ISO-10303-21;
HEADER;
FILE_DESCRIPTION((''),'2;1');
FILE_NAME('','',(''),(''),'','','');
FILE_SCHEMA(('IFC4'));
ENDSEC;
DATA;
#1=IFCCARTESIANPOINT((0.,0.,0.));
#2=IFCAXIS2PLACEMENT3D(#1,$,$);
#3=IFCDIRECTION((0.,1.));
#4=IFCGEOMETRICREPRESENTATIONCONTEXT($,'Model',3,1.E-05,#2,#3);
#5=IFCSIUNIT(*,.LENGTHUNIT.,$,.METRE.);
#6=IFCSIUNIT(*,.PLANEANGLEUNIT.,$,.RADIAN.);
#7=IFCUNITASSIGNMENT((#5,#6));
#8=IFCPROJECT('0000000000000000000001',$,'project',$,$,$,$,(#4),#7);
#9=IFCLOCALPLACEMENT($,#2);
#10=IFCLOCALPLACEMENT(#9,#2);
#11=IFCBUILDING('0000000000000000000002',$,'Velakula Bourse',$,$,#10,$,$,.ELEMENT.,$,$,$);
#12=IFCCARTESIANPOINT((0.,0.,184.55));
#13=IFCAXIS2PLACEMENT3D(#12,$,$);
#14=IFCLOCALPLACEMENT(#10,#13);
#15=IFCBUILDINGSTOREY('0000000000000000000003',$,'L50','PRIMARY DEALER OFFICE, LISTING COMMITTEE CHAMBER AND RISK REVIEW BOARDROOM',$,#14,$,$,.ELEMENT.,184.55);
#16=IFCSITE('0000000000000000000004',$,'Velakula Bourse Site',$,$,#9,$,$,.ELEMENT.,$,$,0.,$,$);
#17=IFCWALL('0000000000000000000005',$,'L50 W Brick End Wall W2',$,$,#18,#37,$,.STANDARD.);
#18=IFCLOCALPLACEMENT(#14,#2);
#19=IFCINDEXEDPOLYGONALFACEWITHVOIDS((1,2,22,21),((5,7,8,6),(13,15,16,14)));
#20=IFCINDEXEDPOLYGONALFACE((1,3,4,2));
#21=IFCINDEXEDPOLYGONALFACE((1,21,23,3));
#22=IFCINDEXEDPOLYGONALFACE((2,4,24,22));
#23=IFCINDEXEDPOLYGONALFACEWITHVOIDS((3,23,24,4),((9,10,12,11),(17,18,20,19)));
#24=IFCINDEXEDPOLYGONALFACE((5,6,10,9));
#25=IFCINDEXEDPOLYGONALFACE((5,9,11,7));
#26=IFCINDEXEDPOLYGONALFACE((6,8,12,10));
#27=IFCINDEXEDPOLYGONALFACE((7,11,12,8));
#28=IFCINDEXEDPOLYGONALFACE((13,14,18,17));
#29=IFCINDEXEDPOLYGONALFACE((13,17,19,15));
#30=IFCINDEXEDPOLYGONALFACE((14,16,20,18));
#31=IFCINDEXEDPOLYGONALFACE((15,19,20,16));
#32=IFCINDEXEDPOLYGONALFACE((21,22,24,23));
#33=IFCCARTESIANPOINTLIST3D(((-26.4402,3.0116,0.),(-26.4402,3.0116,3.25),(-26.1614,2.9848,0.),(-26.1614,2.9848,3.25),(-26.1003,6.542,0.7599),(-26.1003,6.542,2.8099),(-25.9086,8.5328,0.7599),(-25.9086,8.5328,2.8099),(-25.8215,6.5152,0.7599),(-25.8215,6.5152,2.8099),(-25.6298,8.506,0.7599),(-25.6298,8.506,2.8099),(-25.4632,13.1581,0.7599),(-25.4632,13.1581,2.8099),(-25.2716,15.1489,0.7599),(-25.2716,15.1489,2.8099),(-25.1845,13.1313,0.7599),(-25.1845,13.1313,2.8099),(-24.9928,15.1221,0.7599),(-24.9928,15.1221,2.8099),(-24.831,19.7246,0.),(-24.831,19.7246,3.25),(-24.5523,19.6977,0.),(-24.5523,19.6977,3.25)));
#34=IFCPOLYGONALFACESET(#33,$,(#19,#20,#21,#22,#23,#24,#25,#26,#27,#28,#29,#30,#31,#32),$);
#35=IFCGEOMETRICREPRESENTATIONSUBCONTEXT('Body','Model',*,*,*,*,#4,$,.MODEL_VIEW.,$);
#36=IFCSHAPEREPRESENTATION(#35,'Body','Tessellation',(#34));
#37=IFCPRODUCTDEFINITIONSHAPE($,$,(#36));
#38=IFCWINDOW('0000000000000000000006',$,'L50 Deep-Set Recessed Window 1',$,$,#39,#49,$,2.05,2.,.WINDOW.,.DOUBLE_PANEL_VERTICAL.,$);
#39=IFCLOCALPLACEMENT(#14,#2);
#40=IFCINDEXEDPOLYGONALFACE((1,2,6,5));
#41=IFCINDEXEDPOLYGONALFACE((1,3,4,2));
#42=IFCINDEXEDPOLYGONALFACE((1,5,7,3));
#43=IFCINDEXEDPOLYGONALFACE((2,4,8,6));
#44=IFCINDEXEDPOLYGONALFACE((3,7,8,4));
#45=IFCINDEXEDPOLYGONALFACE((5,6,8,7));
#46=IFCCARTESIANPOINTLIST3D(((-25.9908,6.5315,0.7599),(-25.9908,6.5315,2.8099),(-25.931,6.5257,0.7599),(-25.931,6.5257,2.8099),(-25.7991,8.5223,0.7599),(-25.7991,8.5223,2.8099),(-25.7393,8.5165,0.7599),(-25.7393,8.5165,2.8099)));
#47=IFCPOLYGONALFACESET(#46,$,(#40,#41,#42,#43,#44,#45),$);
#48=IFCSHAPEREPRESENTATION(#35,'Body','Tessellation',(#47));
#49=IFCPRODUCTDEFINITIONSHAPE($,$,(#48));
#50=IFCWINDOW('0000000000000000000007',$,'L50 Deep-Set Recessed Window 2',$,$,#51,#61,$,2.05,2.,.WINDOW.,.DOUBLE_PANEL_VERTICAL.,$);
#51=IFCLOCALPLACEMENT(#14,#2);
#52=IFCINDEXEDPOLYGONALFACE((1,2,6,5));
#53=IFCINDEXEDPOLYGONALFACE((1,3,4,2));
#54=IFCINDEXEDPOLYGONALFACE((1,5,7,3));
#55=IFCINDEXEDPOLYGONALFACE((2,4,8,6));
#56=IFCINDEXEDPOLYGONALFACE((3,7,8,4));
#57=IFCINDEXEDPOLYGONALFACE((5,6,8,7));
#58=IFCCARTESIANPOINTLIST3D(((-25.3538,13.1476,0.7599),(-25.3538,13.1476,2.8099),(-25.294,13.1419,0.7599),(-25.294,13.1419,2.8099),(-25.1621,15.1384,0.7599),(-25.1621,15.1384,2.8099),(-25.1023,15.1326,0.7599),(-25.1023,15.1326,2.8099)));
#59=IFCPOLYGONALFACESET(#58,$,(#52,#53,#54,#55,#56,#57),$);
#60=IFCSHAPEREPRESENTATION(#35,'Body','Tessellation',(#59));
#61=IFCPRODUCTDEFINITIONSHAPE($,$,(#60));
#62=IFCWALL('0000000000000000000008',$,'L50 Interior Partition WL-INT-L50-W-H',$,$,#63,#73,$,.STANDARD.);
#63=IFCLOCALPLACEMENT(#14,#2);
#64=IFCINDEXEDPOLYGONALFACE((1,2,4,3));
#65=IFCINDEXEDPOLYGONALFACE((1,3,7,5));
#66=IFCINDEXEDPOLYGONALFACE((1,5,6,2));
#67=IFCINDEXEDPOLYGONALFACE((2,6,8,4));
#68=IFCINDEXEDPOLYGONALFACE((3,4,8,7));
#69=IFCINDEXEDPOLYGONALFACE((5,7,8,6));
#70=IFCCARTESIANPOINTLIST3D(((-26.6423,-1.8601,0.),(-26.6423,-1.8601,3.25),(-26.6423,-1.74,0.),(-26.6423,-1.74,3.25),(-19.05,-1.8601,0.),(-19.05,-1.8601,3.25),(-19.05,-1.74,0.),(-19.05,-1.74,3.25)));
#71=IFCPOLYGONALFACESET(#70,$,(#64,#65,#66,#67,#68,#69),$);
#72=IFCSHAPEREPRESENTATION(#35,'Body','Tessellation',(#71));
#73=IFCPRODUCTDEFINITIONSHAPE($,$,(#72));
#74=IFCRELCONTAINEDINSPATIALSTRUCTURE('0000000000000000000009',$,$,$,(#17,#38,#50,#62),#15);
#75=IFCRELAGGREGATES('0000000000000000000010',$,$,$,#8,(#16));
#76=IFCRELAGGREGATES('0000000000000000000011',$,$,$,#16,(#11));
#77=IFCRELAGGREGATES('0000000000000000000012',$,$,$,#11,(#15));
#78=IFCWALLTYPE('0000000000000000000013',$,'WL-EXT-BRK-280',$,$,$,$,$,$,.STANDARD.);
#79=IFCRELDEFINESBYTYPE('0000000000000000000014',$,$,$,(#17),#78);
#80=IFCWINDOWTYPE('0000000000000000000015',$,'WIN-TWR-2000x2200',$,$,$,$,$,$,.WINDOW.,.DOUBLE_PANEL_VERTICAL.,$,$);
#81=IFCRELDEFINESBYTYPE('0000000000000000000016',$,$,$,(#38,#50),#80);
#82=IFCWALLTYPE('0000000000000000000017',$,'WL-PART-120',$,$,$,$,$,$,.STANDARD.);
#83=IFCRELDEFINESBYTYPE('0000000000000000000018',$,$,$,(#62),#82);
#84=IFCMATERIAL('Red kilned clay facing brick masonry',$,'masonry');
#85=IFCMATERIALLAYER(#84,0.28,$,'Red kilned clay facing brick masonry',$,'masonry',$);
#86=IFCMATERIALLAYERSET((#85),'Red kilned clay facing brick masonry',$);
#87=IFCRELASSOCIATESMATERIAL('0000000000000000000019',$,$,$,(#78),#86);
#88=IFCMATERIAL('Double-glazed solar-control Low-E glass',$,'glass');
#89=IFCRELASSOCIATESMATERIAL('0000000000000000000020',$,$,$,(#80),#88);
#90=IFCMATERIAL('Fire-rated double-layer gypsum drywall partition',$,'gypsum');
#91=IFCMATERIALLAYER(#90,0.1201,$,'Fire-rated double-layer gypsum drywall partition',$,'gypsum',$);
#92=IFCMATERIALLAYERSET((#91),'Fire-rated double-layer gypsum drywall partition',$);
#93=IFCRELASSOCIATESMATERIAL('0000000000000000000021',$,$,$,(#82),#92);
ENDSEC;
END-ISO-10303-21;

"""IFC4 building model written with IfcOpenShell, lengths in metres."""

from ifc_helpers import new_model, si_unit, direction, frame, frame_2d, origin, place, context, subcontext, project, spatial, rectangle, extrude, material, layer, layer_set, type_object, element, fill, save


model = new_model("IFC4")

# Units and contexts
model_context = context("Model", 3, precision=1e-05, world=origin(), true_north=direction((0.0, 1.0)))
body_context = subcontext(model_context, "Body", "Model", "MODEL_VIEW")
ifc_project = project(units=[si_unit("LENGTHUNIT", "METRE"), si_unit("PLANEANGLEUNIT", "RADIAN")], contexts=[model_context])

# Site, building, storey
site_placement = place(None, origin())
site = spatial("IfcSite", under=ifc_project, at=site_placement, Name="Velakula Bourse Site", CompositionType="ELEMENT", RefElevation=0.0)
building_placement = place(site_placement, origin())
building = spatial("IfcBuilding", under=site, at=building_placement, Name="Velakula Bourse", CompositionType="ELEMENT")
storey_placement = place(building_placement, frame((0.0, 0.0, 184.55)))
storey = spatial("IfcBuildingStorey", under=building, at=storey_placement, Name="L50", Description="PRIMARY DEALER OFFICE, LISTING COMMITTEE CHAMBER AND RISK REVIEW BOARDROOM", CompositionType="ELEMENT", Elevation=184.55)

# Wall, openings, windows
ifc_material_1 = material(Name="Red kilned clay facing brick masonry", Category="masonry")
ifc_layer_1 = layer(ifc_material_1, 0.28, Name="Red kilned clay facing brick masonry", Category="masonry")
ifc_layer_set_1 = layer_set([ifc_layer_1], Name="Red kilned clay facing brick masonry")
wall_type_1 = type_object("IfcWallType", Name="WL-EXT-BRK-280", PredefinedType="STANDARD", material=ifc_layer_set_1)
wall_1_placement = place(storey_placement, frame((-26.3008, 2.9983, 0.0), z_axis=(0.0, 0.0, 1.0), x_axis=(0.095838, 0.995397, 0.0)))
wall_1 = element("IfcWall", 1, at=wall_1_placement, inside=storey, type_object=wall_type_1, Name="L50 W Brick End Wall W2", PredefinedType="STANDARD", context=body_context, shape_type="SweptSolid", body=[
    extrude(rectangle(XDim=16.7903, YDim=0.28, at=frame_2d((8.395, 0.0))), origin(), (0.0, 0.0, 1.0), 3.25),
])
opening_1_placement = place(wall_1_placement, frame((3.5466, 0.0, 0.76)))
opening_1 = element("IfcOpeningElement", 2, at=opening_1_placement, cuts=wall_1, PredefinedType="OPENING", context=body_context, shape_type="SweptSolid", body=[
    extrude(rectangle(XDim=2.0, YDim=2.05, at=frame_2d((1.0, 1.0249))), frame((0.0, 0.1499, 0.0), z_axis=(0.0, -1.0, 0.0), x_axis=(1.0, 0.0, 0.0)), (0.0, 0.0, 1.0), 0.3),
])
opening_2_placement = place(wall_1_placement, frame((10.1934, 0.0, 0.76)))
opening_2 = element("IfcOpeningElement", 3, at=opening_2_placement, cuts=wall_1, PredefinedType="OPENING", context=body_context, shape_type="SweptSolid", body=[
    extrude(rectangle(XDim=2.0, YDim=2.05, at=frame_2d((1.0, 1.0249))), frame((0.0, 0.1499, 0.0), z_axis=(0.0, -1.0, 0.0), x_axis=(1.0, 0.0, 0.0)), (0.0, 0.0, 1.0), 0.3),
])
ifc_material_2 = material(Name="Double-glazed solar-control Low-E glass", Category="glass")
window_type = type_object("IfcWindowType", Name="WIN-TWR-2000x2200", PartitioningType="DOUBLE_PANEL_VERTICAL", PredefinedType="WINDOW", material=ifc_material_2)
window_1_placement = place(opening_1_placement, origin())
window_1 = element("IfcWindow", 4, at=window_1_placement, inside=storey, type_object=window_type, Name="L50 Deep-Set Recessed Window 1", OverallHeight=2.05, OverallWidth=2.0, PartitioningType="DOUBLE_PANEL_VERTICAL", PredefinedType="WINDOW", context=body_context, shape_type="SweptSolid", body=[
    extrude(rectangle(XDim=2.0, YDim=2.05, at=frame_2d((1.0, 1.0249))), frame((0.0, 0.03, 0.0), z_axis=(0.0, -1.0, 0.0), x_axis=(1.0, 0.0, 0.0)), (0.0, 0.0, 1.0), 0.0601),
])
fill(opening_1, window_1)
window_2_placement = place(opening_2_placement, origin())
window_2 = element("IfcWindow", 5, at=window_2_placement, inside=storey, type_object=window_type, Name="L50 Deep-Set Recessed Window 2", OverallHeight=2.05, OverallWidth=2.0, PartitioningType="DOUBLE_PANEL_VERTICAL", PredefinedType="WINDOW", context=body_context, shape_type="SweptSolid", body=[
    extrude(rectangle(XDim=2.0, YDim=2.05, at=frame_2d((1.0, 1.0249))), frame((0.0, 0.03, 0.0), z_axis=(0.0, -1.0, 0.0), x_axis=(1.0, 0.0, 0.0)), (0.0, 0.0, 1.0), 0.0601),
])
fill(opening_2, window_2)

# Wall
ifc_material_3 = material(Name="Fire-rated double-layer gypsum drywall partition", Category="gypsum")
ifc_layer_2 = layer(ifc_material_3, 0.1201, Name="Fire-rated double-layer gypsum drywall partition", Category="gypsum")
ifc_layer_set_2 = layer_set([ifc_layer_2], Name="Fire-rated double-layer gypsum drywall partition")
wall_type_2 = type_object("IfcWallType", Name="WL-PART-120", PredefinedType="STANDARD", material=ifc_layer_set_2)
wall_2_placement = place(storey_placement, frame((-26.6423, -1.8, 0.0), z_axis=(0.0, 0.0, 1.0), x_axis=(1.0, 0.0, 0.0)))
element("IfcWall", 6, at=wall_2_placement, inside=storey, type_object=wall_type_2, Name="L50 Interior Partition WL-INT-L50-W-H", PredefinedType="STANDARD", context=body_context, shape_type="SweptSolid", body=[
    extrude(rectangle(XDim=7.5923, YDim=0.1201, at=frame_2d((3.7961, 0.0))), origin(), (0.0, 0.0, 1.0), 3.25),
])

save(model, "model.ifc")
